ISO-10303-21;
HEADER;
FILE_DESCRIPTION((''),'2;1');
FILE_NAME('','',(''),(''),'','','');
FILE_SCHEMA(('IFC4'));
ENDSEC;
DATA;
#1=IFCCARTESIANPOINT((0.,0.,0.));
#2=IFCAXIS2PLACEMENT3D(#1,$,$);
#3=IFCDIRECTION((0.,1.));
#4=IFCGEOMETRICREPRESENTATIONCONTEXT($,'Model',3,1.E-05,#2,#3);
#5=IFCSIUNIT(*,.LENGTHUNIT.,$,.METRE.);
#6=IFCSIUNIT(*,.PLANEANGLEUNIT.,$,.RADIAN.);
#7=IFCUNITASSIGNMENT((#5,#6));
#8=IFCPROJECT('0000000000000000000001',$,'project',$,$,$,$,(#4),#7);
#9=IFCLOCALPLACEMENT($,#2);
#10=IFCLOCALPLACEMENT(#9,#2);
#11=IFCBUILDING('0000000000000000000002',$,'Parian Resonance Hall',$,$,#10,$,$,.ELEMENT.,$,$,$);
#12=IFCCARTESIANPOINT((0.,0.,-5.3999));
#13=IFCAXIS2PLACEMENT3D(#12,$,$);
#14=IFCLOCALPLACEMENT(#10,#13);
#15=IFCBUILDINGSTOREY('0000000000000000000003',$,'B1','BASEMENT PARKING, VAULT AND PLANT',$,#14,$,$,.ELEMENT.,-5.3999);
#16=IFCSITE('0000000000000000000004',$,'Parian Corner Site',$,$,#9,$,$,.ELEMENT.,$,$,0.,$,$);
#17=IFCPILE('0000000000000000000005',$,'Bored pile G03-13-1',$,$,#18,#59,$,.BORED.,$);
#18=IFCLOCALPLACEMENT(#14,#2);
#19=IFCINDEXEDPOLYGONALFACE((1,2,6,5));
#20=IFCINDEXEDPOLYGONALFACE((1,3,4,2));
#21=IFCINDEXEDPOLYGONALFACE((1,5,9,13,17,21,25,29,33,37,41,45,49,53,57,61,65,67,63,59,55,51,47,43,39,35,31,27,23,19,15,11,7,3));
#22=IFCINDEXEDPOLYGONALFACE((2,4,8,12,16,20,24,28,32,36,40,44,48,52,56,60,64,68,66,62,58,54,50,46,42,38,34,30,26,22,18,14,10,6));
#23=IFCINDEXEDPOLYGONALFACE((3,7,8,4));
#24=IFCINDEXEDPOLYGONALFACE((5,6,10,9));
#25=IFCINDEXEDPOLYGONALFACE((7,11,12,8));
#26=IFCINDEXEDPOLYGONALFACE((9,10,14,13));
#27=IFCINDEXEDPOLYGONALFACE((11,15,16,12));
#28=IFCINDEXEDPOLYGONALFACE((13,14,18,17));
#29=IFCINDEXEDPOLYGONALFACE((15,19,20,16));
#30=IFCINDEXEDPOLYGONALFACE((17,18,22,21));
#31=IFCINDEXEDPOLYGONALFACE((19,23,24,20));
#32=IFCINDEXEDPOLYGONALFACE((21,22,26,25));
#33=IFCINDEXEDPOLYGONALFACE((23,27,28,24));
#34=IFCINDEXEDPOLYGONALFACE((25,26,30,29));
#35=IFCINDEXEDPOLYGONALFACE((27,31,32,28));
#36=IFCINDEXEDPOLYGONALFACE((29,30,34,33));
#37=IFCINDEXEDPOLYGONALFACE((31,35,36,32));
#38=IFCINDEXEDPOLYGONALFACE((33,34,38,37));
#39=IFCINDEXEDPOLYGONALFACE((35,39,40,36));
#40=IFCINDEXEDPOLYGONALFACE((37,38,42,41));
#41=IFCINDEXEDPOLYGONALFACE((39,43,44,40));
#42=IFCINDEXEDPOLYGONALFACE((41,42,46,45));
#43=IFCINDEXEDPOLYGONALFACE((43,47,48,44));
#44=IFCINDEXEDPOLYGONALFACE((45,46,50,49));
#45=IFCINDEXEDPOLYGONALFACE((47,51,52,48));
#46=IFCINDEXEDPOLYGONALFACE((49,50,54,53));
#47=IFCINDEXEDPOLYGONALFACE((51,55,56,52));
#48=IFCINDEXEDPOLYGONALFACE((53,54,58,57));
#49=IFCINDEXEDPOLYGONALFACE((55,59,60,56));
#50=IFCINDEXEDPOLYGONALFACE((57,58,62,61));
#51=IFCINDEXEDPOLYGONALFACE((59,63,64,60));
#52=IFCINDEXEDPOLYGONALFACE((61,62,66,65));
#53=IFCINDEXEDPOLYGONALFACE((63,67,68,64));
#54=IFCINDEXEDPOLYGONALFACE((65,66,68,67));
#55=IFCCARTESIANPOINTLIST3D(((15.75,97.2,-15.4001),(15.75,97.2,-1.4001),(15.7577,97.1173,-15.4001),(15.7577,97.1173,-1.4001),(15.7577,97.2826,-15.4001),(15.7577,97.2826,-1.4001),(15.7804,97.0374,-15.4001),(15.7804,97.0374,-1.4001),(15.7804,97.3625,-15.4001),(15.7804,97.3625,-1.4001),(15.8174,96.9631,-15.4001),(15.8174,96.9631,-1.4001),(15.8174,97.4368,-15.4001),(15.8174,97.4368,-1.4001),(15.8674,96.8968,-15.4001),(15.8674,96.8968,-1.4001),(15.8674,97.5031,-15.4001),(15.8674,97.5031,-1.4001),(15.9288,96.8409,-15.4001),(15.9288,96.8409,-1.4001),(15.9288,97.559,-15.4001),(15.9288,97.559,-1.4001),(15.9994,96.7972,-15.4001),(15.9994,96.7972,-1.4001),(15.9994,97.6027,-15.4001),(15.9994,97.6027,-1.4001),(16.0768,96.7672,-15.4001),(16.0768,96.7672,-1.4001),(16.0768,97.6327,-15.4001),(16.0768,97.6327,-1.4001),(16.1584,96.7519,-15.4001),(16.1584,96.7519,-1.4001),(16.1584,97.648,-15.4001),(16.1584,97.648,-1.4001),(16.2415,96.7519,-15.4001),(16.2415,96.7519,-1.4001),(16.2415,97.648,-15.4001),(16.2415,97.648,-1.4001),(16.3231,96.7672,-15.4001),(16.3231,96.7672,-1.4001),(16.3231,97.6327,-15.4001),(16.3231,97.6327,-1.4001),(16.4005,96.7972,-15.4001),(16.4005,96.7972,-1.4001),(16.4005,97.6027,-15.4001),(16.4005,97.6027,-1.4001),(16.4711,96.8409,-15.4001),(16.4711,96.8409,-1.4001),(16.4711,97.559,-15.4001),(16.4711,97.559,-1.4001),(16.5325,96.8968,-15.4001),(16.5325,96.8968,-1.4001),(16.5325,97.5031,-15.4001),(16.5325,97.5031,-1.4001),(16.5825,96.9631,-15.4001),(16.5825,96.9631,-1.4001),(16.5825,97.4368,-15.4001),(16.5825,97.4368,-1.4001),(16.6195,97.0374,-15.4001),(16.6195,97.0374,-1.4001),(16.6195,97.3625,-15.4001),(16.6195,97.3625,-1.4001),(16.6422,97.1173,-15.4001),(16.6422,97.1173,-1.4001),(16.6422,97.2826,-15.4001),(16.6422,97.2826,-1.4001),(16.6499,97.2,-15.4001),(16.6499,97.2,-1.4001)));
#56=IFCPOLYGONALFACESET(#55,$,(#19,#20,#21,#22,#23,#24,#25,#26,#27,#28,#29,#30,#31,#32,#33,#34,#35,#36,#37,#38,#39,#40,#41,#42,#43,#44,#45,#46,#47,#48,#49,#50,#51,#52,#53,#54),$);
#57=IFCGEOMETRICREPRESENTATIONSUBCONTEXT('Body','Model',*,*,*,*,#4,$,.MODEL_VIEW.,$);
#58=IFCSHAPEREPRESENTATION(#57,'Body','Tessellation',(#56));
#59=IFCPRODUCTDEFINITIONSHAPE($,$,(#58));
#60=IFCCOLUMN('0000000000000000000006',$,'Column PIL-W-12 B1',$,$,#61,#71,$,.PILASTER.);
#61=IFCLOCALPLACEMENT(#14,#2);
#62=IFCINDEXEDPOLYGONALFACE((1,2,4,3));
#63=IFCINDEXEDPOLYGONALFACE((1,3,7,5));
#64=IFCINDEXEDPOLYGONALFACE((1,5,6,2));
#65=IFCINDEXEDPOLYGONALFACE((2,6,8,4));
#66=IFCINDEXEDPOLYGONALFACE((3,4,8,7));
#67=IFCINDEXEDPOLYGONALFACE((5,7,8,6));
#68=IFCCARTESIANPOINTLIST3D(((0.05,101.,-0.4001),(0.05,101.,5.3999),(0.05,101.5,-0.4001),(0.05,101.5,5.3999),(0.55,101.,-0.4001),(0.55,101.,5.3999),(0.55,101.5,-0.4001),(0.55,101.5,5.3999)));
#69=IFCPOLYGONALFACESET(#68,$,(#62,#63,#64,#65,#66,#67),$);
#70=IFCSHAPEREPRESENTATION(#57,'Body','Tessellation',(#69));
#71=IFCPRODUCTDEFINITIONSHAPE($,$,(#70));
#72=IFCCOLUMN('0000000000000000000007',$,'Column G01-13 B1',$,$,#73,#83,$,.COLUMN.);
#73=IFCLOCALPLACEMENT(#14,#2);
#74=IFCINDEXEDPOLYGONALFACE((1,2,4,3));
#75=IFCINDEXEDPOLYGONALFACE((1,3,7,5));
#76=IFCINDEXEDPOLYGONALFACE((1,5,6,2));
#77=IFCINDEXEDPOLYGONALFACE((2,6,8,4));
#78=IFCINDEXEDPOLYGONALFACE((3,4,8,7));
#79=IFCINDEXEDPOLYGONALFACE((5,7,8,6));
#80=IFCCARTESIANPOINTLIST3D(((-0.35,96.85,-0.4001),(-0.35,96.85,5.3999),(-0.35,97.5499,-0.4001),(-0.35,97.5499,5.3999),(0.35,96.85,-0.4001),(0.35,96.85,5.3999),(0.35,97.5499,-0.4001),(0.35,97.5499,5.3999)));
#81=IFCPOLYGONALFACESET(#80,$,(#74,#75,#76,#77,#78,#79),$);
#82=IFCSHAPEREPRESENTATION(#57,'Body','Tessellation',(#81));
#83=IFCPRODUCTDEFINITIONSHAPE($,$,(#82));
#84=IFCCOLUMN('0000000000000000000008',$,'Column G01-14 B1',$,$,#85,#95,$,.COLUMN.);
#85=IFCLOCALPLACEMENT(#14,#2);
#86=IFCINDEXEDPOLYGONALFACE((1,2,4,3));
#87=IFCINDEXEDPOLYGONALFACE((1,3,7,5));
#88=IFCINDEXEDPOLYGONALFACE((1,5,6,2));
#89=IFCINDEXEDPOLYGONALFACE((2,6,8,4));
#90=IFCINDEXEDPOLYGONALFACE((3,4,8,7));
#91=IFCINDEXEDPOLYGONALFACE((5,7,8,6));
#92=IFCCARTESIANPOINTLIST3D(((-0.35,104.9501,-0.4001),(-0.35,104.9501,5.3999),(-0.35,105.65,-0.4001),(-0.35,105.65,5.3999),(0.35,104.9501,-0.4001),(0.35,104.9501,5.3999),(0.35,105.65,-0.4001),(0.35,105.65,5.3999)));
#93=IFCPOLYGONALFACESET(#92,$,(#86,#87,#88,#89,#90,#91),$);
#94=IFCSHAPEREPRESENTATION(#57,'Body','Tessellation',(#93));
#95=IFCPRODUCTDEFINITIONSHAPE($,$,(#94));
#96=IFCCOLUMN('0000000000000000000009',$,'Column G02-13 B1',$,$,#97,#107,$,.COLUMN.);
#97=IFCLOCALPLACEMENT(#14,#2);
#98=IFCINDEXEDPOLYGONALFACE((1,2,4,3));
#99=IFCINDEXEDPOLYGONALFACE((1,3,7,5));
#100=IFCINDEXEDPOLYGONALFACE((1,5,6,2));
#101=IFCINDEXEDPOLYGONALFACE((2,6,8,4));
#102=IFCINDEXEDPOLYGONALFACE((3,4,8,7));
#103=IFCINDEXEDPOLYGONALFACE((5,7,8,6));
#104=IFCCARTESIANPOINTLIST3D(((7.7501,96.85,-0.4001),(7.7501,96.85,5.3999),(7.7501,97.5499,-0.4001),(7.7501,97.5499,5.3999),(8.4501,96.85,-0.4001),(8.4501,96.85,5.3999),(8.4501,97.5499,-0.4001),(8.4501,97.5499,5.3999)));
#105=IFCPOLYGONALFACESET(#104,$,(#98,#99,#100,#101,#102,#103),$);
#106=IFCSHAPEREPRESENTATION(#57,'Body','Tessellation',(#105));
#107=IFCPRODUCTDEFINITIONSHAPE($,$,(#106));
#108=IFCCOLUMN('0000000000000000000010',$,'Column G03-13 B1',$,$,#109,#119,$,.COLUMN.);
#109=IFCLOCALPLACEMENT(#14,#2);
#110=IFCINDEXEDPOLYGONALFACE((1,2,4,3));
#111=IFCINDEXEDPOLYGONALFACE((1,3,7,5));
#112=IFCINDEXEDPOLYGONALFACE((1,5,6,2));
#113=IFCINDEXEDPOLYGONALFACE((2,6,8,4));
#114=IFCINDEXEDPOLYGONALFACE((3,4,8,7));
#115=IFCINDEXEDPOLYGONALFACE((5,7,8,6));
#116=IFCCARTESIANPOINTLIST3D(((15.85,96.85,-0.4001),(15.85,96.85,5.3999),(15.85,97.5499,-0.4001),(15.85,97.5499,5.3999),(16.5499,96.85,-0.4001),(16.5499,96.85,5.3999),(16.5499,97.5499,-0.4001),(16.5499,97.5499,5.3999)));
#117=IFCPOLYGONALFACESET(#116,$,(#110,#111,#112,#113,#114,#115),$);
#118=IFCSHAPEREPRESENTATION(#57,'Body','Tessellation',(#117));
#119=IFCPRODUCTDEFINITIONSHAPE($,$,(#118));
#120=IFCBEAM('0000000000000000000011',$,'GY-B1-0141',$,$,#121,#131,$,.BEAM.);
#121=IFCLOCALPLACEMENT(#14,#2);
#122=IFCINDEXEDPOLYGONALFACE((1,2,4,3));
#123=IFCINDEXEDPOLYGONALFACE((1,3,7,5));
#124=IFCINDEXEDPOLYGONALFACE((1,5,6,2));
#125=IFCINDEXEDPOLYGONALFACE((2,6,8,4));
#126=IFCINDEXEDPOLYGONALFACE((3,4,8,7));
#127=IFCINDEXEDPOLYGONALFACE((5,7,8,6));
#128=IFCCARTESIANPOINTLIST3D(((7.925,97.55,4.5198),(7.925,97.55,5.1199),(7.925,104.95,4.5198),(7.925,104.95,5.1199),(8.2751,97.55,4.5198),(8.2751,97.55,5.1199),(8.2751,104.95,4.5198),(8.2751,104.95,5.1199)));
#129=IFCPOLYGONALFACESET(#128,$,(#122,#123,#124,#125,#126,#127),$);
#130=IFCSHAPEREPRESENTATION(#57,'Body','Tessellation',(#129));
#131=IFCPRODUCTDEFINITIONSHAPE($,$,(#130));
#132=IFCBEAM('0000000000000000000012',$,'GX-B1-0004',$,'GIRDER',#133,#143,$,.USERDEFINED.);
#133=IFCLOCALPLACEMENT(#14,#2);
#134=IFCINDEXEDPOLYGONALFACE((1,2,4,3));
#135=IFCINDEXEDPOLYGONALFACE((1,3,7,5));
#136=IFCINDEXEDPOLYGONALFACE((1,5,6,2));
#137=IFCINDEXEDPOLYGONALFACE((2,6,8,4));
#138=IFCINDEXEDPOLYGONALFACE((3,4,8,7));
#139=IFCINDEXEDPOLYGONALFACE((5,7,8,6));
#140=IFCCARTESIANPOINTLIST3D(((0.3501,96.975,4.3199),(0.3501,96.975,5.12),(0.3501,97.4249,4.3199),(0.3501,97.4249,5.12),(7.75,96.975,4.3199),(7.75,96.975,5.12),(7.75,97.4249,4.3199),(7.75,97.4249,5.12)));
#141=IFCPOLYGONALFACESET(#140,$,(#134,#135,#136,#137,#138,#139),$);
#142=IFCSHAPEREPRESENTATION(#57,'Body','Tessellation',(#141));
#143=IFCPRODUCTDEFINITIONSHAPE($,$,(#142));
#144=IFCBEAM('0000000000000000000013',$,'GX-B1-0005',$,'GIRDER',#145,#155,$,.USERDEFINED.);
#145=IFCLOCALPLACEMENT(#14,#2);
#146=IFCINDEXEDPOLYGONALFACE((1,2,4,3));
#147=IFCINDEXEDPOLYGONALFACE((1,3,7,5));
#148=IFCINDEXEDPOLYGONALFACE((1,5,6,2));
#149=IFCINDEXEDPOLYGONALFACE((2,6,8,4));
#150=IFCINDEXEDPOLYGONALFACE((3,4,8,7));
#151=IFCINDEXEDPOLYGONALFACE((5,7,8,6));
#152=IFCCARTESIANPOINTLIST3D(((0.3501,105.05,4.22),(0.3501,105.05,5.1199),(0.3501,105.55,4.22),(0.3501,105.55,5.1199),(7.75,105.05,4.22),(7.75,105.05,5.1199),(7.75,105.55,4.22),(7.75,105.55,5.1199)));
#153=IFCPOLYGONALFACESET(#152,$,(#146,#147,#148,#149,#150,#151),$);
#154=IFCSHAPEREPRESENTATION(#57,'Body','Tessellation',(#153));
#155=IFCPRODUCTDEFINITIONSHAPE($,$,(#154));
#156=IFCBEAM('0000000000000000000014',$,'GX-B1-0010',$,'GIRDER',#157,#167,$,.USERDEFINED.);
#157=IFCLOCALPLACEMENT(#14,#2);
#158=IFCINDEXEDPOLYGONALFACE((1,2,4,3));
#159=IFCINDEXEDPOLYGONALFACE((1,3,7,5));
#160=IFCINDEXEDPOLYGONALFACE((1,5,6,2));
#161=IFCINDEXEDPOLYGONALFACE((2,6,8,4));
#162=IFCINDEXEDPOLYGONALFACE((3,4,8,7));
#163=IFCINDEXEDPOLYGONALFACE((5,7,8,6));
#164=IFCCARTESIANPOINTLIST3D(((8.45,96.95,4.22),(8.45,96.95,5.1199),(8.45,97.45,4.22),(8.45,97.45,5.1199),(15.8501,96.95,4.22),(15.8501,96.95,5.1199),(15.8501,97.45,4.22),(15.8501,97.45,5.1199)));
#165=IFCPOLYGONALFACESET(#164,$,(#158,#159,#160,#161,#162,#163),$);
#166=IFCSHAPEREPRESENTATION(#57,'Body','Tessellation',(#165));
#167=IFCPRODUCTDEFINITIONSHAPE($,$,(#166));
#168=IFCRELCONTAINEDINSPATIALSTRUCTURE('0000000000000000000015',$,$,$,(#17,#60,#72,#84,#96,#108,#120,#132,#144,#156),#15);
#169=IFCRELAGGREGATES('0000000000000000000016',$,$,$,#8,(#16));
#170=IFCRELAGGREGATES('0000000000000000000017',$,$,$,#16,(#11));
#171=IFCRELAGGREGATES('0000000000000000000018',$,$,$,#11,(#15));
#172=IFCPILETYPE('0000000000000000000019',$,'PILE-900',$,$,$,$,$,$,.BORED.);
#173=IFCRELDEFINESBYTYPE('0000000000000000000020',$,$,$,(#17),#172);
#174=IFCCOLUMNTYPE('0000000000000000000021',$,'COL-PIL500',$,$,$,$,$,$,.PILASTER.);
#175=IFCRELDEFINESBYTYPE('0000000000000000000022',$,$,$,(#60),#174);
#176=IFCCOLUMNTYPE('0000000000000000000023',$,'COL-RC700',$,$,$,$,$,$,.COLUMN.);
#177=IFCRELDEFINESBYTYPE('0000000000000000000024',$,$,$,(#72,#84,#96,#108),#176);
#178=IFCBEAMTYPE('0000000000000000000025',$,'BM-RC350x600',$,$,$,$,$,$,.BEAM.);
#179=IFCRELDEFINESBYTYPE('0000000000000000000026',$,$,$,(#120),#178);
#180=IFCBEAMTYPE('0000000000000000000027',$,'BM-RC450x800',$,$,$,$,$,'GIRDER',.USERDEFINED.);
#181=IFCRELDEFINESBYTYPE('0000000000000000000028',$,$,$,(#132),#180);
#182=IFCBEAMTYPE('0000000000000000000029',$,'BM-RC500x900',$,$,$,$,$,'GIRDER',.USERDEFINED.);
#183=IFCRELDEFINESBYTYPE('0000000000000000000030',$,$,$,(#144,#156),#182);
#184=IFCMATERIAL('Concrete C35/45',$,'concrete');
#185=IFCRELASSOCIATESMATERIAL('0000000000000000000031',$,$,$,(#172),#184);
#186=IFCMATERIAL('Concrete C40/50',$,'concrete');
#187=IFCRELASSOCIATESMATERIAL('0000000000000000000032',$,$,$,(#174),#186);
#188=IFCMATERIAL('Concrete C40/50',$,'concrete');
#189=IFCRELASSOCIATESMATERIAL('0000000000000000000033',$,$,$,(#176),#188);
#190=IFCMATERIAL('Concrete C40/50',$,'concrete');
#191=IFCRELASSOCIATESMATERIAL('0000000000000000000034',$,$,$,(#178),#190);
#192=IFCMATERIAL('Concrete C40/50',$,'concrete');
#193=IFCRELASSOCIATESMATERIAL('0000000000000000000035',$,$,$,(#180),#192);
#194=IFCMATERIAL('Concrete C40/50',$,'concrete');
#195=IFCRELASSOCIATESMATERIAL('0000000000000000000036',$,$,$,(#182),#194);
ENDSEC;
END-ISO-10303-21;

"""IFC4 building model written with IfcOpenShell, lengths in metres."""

from ifc_helpers import new_model, si_unit, direction, frame, origin, origin_2d, place, context, subcontext, project, spatial, rectangle, circle, extrude, material, material_profile, profile_set, type_object, element, save


model = new_model("IFC4")

# Units and contexts
model_context = context("Model", 3, precision=1e-05, world=origin(), true_north=direction((0.0, 1.0)))
body_context = subcontext(model_context, "Body", "Model", "MODEL_VIEW")
ifc_project = project(units=[si_unit("LENGTHUNIT", "METRE"), si_unit("PLANEANGLEUNIT", "RADIAN")], contexts=[model_context])

# Site, building, storey
site_placement = place(None, origin())
site = spatial("IfcSite", under=ifc_project, at=site_placement, Name="Parian Corner Site", CompositionType="ELEMENT", RefElevation=0.0)
building_placement = place(site_placement, origin())
building = spatial("IfcBuilding", under=site, at=building_placement, Name="Parian Resonance Hall", CompositionType="ELEMENT")
storey_placement = place(building_placement, frame((0.0, 0.0, -5.3999)))
storey = spatial("IfcBuildingStorey", under=building, at=storey_placement, Name="B1", Description="BASEMENT PARKING, VAULT AND PLANT", CompositionType="ELEMENT", Elevation=-5.3999)

# Pile
ifc_material_1 = material(Name="Concrete C35/45", Category="concrete")
ifc_material_profile_1 = material_profile(ifc_material_1, circle(Radius=0.45, at=origin_2d()), Name="PILE-D900")
ifc_profile_set_1 = profile_set([ifc_material_profile_1], Name="Concrete C35/45")
pile_type_1 = type_object("IfcPileType", Name="PILE-900", PredefinedType="BORED", material=ifc_profile_set_1)
for number, where, z_axis, x_axis, name in (
    (1, (16.2, 97.2, -1.4001), (0.0, 0.0, -1.0), (1.0, 0.0, 0.0), "Bored pile G03-13-1"),
):
    element("IfcPile", number, at=place(storey_placement, frame(where, z_axis=z_axis, x_axis=x_axis)), inside=storey, type_object=pile_type_1, Name=name, PredefinedType="BORED", context=body_context, shape_type="SweptSolid", body=[
        extrude(circle(Radius=0.45, at=origin_2d()), origin(), (0.0, 0.0, 1.0), 14.0),
    ])

# Columns
ifc_material_2 = material(Name="Concrete C40/50", Category="concrete")
ifc_material_profile_2 = material_profile(ifc_material_2, rectangle(XDim=0.5, YDim=0.5, at=origin_2d()), Name="RC-COL-500x500")
ifc_profile_set_2 = profile_set([ifc_material_profile_2], Name="Concrete C40/50")
column_type_1 = type_object("IfcColumnType", Name="COL-PIL500", PredefinedType="PILASTER", material=ifc_profile_set_2)
column_placement = place(storey_placement, frame((0.3, 101.25, -0.4001), z_axis=(0.0, 0.0, 1.0), x_axis=(1.0, 0.0, 0.0)))
element("IfcColumn", 2, at=column_placement, inside=storey, type_object=column_type_1, Name="Column PIL-W-12 B1", PredefinedType="PILASTER", context=body_context, shape_type="SweptSolid", body=[
    extrude(rectangle(XDim=0.5, YDim=0.5, at=origin_2d()), origin(), (0.0, 0.0, 1.0), 5.8),
])
ifc_material_3 = material(Name="Concrete C40/50", Category="concrete")
ifc_material_profile_3 = material_profile(ifc_material_3, rectangle(XDim=0.7, YDim=0.7, at=origin_2d()), Name="RC-COL-700x700")
ifc_profile_set_3 = profile_set([ifc_material_profile_3], Name="Concrete C40/50")
column_type_2 = type_object("IfcColumnType", Name="COL-RC700", PredefinedType="COLUMN", material=ifc_profile_set_3)
for number, where, z_axis, x_axis, name in (
    (3, (0.0, 97.2, -0.4001), (0.0, 0.0, 1.0), (1.0, 0.0, 0.0), "Column G01-13 B1"),
    (4, (0.0, 105.3, -0.4001), (0.0, 0.0, 1.0), (1.0, 0.0, 0.0), "Column G01-14 B1"),
    (5, (8.1001, 97.2, -0.4001), (0.0, 0.0, 1.0), (1.0, 0.0, 0.0), "Column G02-13 B1"),
    (6, (16.2, 97.2, -0.4001), (0.0, 0.0, 1.0), (1.0, 0.0, 0.0), "Column G03-13 B1"),
):
    element("IfcColumn", number, at=place(storey_placement, frame(where, z_axis=z_axis, x_axis=x_axis)), inside=storey, type_object=column_type_2, Name=name, PredefinedType="COLUMN", context=body_context, shape_type="SweptSolid", body=[
        extrude(rectangle(XDim=0.7, YDim=0.7, at=origin_2d()), origin(), (0.0, 0.0, 1.0), 5.8),
    ])

# Beams
ifc_material_4 = material(Name="Concrete C40/50", Category="concrete")
ifc_material_profile_4 = material_profile(ifc_material_4, rectangle(XDim=0.3501, YDim=0.6001, at=origin_2d()), Name="RC-BM-350x600")
ifc_profile_set_4 = profile_set([ifc_material_profile_4], Name="Concrete C40/50")
beam_type_1 = type_object("IfcBeamType", Name="BM-RC350x600", PredefinedType="BEAM", material=ifc_profile_set_4)
beam_1_placement = place(storey_placement, frame((8.1001, 97.55, 4.8198), z_axis=(0.0, 1.0, 0.0), x_axis=(-1.0, 0.0, 0.0)))
element("IfcBeam", 7, at=beam_1_placement, inside=storey, type_object=beam_type_1, Name="GY-B1-0141", PredefinedType="BEAM", context=body_context, shape_type="SweptSolid", body=[
    extrude(rectangle(XDim=0.3501, YDim=0.6001, at=origin_2d()), origin(), (0.0, 0.0, 1.0), 7.3999),
])
ifc_material_5 = material(Name="Concrete C40/50", Category="concrete")
ifc_material_profile_5 = material_profile(ifc_material_5, rectangle(XDim=0.45, YDim=0.8, at=origin_2d()), Name="RC-BM-450x800")
ifc_profile_set_5 = profile_set([ifc_material_profile_5], Name="Concrete C40/50")
beam_type_2 = type_object("IfcBeamType", Name="BM-RC450x800", ElementType="GIRDER", PredefinedType="USERDEFINED", material=ifc_profile_set_5)
beam_2_placement = place(storey_placement, frame((0.3501, 97.2, 4.72), z_axis=(1.0, 0.0, 0.0), x_axis=(0.0, 1.0, 0.0)))
element("IfcBeam", 8, at=beam_2_placement, inside=storey, type_object=beam_type_2, Name="GX-B1-0004", ObjectType="GIRDER", PredefinedType="USERDEFINED", context=body_context, shape_type="SweptSolid", body=[
    extrude(rectangle(XDim=0.45, YDim=0.8, at=origin_2d()), origin(), (0.0, 0.0, 1.0), 7.3999),
])
ifc_material_6 = material(Name="Concrete C40/50", Category="concrete")
ifc_material_profile_6 = material_profile(ifc_material_6, rectangle(XDim=0.5, YDim=0.8999, at=origin_2d()), Name="RC-BM-500x900")
ifc_profile_set_6 = profile_set([ifc_material_profile_6], Name="Concrete C40/50")
beam_type_3 = type_object("IfcBeamType", Name="BM-RC500x900", ElementType="GIRDER", PredefinedType="USERDEFINED", material=ifc_profile_set_6)
beam_3_placement = place(storey_placement, frame((0.3501, 105.3, 4.6699), z_axis=(1.0, 0.0, 0.0), x_axis=(0.0, 1.0, 0.0)))
element("IfcBeam", 9, at=beam_3_placement, inside=storey, type_object=beam_type_3, Name="GX-B1-0005", ObjectType="GIRDER", PredefinedType="USERDEFINED", context=body_context, shape_type="SweptSolid", body=[
    extrude(rectangle(XDim=0.5, YDim=0.8999, at=origin_2d()), origin(), (0.0, 0.0, 1.0), 7.3999),
])
beam_4_placement = place(storey_placement, frame((8.45, 97.2, 4.6699), z_axis=(1.0, 0.0, 0.0), x_axis=(0.0, 1.0, 0.0)))
element("IfcBeam", 10, at=beam_4_placement, inside=storey, type_object=beam_type_3, Name="GX-B1-0010", ObjectType="GIRDER", PredefinedType="USERDEFINED", context=body_context, shape_type="SweptSolid", body=[
    extrude(rectangle(XDim=0.5, YDim=0.8999, at=origin_2d()), origin(), (0.0, 0.0, 1.0), 7.4001),
])

save(model, "model.ifc")
